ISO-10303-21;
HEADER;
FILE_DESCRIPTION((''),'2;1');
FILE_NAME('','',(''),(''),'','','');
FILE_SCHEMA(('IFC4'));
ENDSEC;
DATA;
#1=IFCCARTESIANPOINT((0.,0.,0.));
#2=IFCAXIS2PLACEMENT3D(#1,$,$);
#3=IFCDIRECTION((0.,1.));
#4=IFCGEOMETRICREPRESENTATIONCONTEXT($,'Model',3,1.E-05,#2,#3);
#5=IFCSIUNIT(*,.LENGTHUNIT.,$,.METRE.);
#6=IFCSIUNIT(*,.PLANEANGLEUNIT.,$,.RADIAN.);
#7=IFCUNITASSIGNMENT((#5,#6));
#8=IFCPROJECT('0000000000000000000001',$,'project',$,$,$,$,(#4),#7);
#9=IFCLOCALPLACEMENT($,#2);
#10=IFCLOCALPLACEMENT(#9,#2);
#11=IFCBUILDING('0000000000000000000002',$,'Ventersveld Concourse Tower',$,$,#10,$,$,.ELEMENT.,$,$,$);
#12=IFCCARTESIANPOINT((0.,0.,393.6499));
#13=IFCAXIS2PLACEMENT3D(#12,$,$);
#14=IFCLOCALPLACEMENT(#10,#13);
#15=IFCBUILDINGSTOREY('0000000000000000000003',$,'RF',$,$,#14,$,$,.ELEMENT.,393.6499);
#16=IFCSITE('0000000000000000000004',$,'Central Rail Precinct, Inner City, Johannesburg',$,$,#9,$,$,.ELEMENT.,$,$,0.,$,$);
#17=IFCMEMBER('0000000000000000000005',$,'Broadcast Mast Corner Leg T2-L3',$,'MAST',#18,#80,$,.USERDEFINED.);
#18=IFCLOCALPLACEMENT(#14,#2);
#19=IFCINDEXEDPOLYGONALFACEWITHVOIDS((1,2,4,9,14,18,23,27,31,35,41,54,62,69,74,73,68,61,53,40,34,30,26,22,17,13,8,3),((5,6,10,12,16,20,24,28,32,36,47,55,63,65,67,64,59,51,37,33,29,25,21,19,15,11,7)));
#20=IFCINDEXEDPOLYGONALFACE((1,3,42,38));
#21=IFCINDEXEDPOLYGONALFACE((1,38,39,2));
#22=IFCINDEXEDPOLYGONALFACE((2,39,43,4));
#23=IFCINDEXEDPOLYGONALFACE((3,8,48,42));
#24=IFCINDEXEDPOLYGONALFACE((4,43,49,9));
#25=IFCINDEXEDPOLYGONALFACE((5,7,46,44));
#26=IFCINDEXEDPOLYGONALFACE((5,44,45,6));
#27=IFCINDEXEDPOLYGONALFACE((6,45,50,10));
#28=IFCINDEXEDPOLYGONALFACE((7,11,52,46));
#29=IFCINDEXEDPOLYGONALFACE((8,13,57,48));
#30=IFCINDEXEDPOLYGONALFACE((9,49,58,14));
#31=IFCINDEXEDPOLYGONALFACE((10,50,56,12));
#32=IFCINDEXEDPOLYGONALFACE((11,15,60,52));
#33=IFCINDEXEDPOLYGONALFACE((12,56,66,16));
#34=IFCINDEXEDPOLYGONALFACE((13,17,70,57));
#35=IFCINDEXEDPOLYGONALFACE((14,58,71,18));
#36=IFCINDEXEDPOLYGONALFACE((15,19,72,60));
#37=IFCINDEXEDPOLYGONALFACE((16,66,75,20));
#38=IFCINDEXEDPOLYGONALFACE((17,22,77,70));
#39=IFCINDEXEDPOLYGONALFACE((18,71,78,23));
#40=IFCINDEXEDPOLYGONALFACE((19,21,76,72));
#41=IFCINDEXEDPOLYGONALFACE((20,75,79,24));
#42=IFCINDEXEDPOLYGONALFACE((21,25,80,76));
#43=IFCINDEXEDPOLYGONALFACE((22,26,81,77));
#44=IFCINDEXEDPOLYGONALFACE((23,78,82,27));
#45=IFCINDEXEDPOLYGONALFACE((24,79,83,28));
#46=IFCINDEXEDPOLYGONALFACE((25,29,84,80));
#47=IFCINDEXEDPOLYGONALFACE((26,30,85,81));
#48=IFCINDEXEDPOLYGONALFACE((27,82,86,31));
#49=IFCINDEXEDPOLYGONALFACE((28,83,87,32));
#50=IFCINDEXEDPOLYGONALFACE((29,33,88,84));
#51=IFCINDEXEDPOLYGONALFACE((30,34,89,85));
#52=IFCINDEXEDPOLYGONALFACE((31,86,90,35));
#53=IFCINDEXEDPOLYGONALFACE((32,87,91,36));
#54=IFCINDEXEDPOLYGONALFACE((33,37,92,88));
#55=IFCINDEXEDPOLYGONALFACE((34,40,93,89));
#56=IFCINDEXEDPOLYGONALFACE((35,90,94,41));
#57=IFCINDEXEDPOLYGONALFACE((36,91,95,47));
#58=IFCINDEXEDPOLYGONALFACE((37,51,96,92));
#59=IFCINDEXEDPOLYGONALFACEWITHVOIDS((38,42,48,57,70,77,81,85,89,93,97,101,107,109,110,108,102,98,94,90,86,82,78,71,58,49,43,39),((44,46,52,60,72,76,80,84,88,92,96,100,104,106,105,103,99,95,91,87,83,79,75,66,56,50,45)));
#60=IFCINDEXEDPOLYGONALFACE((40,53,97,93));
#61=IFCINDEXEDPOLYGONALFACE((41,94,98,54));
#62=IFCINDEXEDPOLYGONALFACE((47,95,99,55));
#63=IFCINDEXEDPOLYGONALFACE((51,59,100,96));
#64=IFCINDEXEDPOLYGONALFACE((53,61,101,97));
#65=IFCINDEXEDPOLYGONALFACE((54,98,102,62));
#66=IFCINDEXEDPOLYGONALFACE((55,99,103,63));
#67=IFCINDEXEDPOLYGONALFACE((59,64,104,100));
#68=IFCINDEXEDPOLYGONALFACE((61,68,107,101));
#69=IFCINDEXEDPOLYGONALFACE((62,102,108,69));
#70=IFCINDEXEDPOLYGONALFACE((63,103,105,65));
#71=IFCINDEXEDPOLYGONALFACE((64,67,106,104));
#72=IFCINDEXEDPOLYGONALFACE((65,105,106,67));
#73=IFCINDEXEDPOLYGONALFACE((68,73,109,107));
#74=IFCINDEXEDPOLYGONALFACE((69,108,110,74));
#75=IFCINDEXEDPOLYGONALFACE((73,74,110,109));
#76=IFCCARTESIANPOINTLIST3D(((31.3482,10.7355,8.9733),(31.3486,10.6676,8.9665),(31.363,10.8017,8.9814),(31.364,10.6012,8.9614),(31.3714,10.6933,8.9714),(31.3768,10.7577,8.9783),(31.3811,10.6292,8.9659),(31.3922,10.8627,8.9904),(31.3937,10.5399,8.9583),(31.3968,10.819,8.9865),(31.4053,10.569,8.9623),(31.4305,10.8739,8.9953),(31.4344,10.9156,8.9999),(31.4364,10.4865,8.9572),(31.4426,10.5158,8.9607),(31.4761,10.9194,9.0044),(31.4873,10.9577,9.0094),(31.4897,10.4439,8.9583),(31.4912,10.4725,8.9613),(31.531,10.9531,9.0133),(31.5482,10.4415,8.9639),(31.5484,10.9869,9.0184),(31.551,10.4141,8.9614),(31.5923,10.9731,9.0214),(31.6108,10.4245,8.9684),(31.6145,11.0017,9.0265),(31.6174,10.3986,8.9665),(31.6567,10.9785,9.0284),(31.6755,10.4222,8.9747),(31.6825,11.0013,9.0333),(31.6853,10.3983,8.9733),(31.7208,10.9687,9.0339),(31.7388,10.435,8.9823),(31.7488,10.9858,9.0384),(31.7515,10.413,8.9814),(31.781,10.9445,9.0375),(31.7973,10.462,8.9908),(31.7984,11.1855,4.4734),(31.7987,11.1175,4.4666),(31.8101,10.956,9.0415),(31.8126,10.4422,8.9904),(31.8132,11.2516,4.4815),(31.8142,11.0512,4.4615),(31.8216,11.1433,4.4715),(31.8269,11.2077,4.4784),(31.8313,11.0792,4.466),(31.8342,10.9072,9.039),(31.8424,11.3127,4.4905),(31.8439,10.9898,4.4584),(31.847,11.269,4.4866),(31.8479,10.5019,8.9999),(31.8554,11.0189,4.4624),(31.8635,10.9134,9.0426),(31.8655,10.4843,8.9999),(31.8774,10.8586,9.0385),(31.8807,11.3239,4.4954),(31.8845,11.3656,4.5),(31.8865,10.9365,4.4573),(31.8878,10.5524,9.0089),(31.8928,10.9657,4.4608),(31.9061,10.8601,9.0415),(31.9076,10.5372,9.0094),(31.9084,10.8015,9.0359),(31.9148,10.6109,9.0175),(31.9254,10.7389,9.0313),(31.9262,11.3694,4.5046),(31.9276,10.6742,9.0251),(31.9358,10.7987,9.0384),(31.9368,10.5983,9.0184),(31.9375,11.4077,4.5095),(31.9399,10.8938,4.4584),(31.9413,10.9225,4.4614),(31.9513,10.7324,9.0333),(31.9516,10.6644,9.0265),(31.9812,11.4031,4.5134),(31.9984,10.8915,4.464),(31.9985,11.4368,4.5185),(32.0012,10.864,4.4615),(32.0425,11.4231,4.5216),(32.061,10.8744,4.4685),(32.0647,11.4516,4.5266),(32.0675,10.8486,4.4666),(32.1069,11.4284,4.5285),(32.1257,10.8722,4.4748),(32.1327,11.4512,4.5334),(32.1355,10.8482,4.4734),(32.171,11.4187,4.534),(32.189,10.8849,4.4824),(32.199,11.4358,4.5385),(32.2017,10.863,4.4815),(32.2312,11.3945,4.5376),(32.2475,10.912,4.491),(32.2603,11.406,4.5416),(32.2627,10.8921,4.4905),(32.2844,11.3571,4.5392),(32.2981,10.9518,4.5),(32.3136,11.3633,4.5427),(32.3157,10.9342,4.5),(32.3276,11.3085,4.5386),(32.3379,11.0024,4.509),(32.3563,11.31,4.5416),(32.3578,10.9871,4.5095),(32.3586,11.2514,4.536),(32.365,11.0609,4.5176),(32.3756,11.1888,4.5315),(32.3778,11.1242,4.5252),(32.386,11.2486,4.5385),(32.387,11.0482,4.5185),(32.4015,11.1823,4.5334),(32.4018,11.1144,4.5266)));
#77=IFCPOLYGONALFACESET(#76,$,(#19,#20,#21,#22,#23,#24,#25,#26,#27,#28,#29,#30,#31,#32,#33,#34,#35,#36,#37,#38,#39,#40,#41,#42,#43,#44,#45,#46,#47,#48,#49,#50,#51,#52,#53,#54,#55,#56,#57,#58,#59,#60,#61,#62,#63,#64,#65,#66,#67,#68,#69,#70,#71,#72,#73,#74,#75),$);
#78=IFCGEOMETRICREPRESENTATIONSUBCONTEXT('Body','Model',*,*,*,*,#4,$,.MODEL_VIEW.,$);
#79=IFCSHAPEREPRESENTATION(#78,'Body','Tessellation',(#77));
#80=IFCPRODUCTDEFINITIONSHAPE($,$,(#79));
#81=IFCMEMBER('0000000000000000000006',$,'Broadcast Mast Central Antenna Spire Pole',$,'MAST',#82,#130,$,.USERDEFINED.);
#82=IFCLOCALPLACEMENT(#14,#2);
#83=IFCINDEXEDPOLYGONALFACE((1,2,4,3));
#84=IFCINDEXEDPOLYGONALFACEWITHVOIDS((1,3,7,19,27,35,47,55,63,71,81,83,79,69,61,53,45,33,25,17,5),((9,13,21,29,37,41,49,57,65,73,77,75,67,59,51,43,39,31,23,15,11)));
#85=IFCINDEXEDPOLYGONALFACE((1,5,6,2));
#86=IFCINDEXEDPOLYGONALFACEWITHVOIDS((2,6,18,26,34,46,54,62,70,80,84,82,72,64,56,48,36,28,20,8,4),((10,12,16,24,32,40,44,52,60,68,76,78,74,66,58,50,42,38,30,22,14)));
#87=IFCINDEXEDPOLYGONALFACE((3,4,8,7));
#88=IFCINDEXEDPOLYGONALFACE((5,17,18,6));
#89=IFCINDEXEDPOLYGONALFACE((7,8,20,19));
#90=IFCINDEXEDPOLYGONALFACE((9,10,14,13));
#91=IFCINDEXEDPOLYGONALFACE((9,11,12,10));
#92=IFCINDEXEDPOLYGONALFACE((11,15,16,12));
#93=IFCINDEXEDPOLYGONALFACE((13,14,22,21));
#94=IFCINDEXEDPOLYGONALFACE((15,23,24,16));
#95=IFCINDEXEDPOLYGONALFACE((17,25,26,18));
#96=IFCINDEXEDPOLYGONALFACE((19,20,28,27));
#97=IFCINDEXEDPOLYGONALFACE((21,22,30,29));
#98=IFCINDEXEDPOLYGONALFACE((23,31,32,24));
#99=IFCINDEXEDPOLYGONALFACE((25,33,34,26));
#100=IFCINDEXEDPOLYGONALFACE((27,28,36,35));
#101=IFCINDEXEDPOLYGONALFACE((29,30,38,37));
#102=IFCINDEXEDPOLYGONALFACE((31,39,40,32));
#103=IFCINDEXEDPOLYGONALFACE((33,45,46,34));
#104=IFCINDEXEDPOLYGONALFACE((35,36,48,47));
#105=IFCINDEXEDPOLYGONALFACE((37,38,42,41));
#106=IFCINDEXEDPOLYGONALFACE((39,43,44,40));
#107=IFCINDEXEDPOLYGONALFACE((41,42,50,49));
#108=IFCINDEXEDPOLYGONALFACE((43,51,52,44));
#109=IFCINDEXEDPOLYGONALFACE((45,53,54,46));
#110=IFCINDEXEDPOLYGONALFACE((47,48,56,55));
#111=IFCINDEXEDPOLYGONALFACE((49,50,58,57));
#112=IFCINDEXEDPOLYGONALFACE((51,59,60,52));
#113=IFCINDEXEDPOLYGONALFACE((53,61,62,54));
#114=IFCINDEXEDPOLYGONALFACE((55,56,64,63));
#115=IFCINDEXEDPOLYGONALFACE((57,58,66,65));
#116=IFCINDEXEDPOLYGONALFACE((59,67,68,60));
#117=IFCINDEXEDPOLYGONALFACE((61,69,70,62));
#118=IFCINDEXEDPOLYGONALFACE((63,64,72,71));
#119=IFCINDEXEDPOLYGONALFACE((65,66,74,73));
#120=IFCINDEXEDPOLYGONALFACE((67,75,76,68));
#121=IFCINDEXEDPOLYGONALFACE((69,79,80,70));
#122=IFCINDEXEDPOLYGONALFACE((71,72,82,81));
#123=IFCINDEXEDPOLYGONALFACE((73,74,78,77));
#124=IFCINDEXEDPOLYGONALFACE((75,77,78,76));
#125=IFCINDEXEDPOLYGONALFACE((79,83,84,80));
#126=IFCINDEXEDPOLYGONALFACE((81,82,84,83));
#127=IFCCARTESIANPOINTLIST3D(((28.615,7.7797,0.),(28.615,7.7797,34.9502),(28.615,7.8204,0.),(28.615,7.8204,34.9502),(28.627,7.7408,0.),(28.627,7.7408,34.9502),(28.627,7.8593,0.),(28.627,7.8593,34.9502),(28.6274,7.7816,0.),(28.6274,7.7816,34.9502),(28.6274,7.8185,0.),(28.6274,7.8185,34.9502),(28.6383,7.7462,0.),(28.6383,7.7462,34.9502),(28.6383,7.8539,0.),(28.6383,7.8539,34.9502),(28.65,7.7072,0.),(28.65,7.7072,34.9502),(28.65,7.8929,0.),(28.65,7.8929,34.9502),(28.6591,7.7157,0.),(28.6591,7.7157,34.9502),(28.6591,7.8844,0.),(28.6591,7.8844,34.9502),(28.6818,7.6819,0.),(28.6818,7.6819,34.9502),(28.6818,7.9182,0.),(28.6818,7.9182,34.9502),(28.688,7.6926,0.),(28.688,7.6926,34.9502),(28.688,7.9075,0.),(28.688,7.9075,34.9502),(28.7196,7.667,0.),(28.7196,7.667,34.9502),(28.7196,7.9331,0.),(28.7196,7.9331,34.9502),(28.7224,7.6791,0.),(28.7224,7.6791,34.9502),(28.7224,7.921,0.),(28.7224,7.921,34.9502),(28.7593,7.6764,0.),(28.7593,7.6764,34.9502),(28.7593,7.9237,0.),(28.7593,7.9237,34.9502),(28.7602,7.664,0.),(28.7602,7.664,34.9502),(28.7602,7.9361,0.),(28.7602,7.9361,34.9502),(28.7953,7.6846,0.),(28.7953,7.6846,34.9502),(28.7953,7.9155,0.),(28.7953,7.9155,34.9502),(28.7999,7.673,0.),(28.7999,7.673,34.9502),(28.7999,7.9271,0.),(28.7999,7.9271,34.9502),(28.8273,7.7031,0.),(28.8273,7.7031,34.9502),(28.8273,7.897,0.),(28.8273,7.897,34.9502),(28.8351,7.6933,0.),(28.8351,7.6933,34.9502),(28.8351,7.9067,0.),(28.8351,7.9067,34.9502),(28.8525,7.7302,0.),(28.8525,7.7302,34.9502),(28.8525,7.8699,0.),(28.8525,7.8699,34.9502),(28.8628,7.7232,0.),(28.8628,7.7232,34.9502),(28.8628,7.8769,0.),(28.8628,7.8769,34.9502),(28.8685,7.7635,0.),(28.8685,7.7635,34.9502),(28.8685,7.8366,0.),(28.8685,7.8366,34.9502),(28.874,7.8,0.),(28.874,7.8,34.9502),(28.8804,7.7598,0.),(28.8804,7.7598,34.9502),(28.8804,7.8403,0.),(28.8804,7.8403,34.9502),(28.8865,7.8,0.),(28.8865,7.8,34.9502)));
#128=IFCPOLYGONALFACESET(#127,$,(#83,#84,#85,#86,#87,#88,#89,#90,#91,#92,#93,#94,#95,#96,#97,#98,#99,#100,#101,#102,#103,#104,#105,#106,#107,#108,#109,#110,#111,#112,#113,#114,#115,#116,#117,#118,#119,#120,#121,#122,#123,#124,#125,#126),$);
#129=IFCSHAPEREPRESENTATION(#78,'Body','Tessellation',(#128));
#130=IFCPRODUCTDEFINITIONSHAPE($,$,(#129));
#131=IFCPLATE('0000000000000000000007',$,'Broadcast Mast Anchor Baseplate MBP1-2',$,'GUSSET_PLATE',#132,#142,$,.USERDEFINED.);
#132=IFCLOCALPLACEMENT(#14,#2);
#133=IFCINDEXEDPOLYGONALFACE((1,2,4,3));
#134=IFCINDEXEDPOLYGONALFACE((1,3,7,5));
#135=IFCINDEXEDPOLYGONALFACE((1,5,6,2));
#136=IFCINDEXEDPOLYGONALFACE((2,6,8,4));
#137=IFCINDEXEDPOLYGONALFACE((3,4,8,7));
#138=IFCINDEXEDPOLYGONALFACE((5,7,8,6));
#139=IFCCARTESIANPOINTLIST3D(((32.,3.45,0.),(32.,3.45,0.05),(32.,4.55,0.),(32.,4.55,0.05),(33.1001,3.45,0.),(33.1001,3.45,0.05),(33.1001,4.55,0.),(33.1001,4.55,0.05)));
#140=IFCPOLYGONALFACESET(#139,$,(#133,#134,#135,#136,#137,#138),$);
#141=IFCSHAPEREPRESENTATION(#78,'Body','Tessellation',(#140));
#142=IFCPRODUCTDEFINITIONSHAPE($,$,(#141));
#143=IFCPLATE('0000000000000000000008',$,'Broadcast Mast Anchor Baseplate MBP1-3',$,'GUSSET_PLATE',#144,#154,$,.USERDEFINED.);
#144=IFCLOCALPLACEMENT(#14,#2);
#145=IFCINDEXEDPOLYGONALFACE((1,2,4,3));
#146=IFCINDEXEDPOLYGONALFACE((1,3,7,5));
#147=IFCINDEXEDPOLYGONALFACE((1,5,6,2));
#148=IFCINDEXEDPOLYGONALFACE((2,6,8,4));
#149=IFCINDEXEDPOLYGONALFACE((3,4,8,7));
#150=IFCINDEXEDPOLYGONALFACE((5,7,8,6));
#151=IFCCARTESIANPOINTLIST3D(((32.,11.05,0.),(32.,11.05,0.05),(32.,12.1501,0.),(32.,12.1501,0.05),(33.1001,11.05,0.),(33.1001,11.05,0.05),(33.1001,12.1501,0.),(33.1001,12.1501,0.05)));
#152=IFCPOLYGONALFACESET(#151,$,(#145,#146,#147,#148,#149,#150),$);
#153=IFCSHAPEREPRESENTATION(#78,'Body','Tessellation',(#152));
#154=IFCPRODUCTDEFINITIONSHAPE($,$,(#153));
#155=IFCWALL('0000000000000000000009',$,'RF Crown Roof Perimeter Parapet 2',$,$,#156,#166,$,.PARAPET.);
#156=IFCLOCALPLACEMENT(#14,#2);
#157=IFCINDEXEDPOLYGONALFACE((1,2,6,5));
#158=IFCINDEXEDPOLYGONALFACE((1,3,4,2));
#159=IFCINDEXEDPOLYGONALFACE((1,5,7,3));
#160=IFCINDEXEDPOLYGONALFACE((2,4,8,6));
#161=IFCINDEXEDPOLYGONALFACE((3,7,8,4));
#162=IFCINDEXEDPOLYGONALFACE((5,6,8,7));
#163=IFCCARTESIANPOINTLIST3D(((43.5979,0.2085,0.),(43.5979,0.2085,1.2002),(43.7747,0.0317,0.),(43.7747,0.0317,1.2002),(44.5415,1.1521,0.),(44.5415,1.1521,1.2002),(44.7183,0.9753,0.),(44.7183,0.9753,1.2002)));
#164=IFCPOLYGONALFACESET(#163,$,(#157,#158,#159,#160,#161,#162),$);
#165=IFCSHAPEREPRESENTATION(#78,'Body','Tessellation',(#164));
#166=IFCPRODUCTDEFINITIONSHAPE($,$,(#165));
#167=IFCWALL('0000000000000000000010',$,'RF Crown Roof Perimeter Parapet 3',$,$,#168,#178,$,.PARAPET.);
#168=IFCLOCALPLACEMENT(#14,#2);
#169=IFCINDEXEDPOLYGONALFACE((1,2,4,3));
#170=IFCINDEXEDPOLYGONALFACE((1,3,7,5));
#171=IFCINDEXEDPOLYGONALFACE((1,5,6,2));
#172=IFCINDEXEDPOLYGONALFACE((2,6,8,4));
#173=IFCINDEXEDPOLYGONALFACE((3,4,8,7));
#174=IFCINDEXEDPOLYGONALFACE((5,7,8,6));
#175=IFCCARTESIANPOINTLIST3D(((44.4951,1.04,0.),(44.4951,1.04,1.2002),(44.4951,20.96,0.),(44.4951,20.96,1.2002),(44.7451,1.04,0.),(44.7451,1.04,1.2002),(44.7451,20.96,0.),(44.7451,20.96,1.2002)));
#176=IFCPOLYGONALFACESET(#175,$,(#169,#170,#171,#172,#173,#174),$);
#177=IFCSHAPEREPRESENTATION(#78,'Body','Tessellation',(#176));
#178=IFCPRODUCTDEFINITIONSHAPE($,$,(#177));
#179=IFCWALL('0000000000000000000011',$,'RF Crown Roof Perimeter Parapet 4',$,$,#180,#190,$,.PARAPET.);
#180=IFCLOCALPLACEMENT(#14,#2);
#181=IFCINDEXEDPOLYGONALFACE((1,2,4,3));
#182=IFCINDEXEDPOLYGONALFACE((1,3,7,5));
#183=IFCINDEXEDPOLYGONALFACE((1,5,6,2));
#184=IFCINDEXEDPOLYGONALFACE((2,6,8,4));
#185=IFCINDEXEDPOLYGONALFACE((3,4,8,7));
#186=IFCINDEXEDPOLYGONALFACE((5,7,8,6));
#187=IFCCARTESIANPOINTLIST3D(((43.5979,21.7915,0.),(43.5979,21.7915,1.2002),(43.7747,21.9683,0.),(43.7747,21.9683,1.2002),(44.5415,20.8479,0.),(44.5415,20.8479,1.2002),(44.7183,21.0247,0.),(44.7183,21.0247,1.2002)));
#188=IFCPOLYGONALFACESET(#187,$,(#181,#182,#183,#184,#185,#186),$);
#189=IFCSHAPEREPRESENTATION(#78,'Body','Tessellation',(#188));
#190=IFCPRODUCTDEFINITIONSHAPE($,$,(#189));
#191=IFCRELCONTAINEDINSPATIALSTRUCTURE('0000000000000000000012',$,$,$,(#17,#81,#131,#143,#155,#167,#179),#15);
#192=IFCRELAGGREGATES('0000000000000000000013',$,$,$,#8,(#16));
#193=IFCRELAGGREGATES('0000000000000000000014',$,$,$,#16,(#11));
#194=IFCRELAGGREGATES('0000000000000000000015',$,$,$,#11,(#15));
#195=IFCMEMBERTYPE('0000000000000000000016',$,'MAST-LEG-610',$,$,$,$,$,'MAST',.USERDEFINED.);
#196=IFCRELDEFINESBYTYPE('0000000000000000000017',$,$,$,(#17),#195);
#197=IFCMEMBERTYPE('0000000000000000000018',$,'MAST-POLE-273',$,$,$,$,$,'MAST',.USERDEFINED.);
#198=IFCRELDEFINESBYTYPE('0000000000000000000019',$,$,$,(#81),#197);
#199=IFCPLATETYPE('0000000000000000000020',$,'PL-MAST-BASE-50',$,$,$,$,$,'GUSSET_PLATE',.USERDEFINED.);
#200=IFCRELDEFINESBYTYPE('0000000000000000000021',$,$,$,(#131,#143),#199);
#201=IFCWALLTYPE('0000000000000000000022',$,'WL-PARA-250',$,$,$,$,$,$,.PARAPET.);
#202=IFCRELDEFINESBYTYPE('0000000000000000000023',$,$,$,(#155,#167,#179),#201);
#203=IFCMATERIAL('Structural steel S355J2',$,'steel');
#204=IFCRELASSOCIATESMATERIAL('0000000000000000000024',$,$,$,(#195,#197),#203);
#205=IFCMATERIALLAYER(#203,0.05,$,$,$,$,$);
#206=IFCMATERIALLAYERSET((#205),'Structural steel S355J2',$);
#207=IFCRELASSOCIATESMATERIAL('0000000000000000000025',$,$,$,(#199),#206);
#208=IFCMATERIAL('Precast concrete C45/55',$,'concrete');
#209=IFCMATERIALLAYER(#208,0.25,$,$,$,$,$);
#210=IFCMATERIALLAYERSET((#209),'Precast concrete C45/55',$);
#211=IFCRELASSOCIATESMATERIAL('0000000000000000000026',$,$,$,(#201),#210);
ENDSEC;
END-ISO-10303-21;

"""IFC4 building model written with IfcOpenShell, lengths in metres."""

from ifc_helpers import new_model, si_unit, direction, frame, frame_2d, origin, origin_2d, place, context, subcontext, project, spatial, rectangle, hollow_circle, extrude, material, layer, layer_set, material_profile, profile_set, type_object, element, save


model = new_model("IFC4")

# Units and contexts
model_context = context("Model", 3, precision=1e-05, world=origin(), true_north=direction((0.0, 1.0)))
body_context = subcontext(model_context, "Body", "Model", "MODEL_VIEW")
ifc_project = project(units=[si_unit("LENGTHUNIT", "METRE"), si_unit("PLANEANGLEUNIT", "RADIAN")], contexts=[model_context])

# Site, building, storey
site_placement = place(None, origin())
site = spatial("IfcSite", under=ifc_project, at=site_placement, Name="Central Rail Precinct, Inner City, Johannesburg", CompositionType="ELEMENT", RefElevation=0.0)
building_placement = place(site_placement, origin())
building = spatial("IfcBuilding", under=site, at=building_placement, Name="Ventersveld Concourse Tower", CompositionType="ELEMENT")
storey_placement = place(building_placement, frame((0.0, 0.0, 393.6499)))
storey = spatial("IfcBuildingStorey", under=building, at=storey_placement, Name="RF", CompositionType="ELEMENT", Elevation=393.6499)

# Members
ifc_material_1 = material(Name="Structural steel S355J2", Category="steel")
ifc_material_profile_1 = material_profile(ifc_material_1, hollow_circle(Radius=0.3049, WallThickness=0.0249, at=origin_2d()), Name="CHS 610x25")
ifc_profile_set_1 = profile_set([ifc_material_profile_1], Name="Structural steel S355J2")
member_type_1 = type_object("IfcMemberType", Name="MAST-LEG-610", ElementType="MAST", PredefinedType="USERDEFINED", material=ifc_profile_set_1)
for number, where, z_axis, x_axis, name in (
    (1, (32.1001, 11.1499, 4.5), (-0.099057, -0.099004, 0.990144), (0.706915, -0.707299, 0.0), "Broadcast Mast Corner Leg T2-L3"),
):
    element("IfcMember", number, at=place(storey_placement, frame(where, z_axis=z_axis, x_axis=x_axis)), inside=storey, type_object=member_type_1, Name=name, ObjectType="MAST", PredefinedType="USERDEFINED", context=body_context, shape_type="SweptSolid", body=[
        extrude(hollow_circle(Radius=0.3049, WallThickness=0.0249, at=origin_2d()), origin(), (0.0, 0.0, 1.0), 4.5447),
    ])
ifc_material_profile_2 = material_profile(ifc_material_1, hollow_circle(Radius=0.1365, WallThickness=0.0125, at=origin_2d()), Name="CHS 273x12.5")
ifc_profile_set_2 = profile_set([ifc_material_profile_2], Name="Structural steel S355J2")
member_type_2 = type_object("IfcMemberType", Name="MAST-POLE-273", ElementType="MAST", PredefinedType="USERDEFINED", material=ifc_profile_set_2)
member_1_placement = place(storey_placement, frame((28.75, 7.8, 0.0), z_axis=(0.0, 0.0, 1.0), x_axis=(1.0, 0.0, 0.0)))
element("IfcMember", 2, at=member_1_placement, inside=storey, type_object=member_type_2, Name="Broadcast Mast Central Antenna Spire Pole", ObjectType="MAST", PredefinedType="USERDEFINED", context=body_context, shape_type="SweptSolid", body=[
    extrude(hollow_circle(Radius=0.1365, WallThickness=0.0125, at=origin_2d()), origin(), (0.0, 0.0, 1.0), 34.9502),
])

# Plates
ifc_layer_1 = layer(ifc_material_1, 0.05)
ifc_layer_set_1 = layer_set([ifc_layer_1], Name="Structural steel S355J2")
plate_type = type_object("IfcPlateType", Name="PL-MAST-BASE-50", ElementType="GUSSET_PLATE", PredefinedType="USERDEFINED", material=ifc_layer_set_1)
for number, where, z_axis, x_axis, name in (
    (3, (32.55, 4.0, 0.0), (0.0, 0.0, 1.0), (1.0, 0.0, 0.0), "Broadcast Mast Anchor Baseplate MBP1-2"),
    (4, (32.55, 11.6001, 0.0), (0.0, 0.0, 1.0), (1.0, 0.0, 0.0), "Broadcast Mast Anchor Baseplate MBP1-3"),
):
    element("IfcPlate", number, at=place(storey_placement, frame(where, z_axis=z_axis, x_axis=x_axis)), inside=storey, type_object=plate_type, Name=name, ObjectType="GUSSET_PLATE", PredefinedType="USERDEFINED", context=body_context, shape_type="SweptSolid", body=[
        extrude(rectangle(XDim=1.1001, YDim=1.1001, at=origin_2d()), origin(), (0.0, 0.0, 1.0), 0.05),
    ])

# Walls
ifc_material_2 = material(Name="Precast concrete C45/55", Category="concrete")
ifc_layer_2 = layer(ifc_material_2, 0.25)
ifc_layer_set_2 = layer_set([ifc_layer_2], Name="Precast concrete C45/55")
wall_type = type_object("IfcWallType", Name="WL-PARA-250", PredefinedType="PARAPET", material=ifc_layer_set_2)
wall_1_placement = place(storey_placement, frame((43.6863, 0.1201, 0.0), z_axis=(0.0, 0.0, 1.0), x_axis=(0.707107, 0.707107, 0.0)))
element("IfcWall", 5, at=wall_1_placement, inside=storey, type_object=wall_type, Name="RF Crown Roof Perimeter Parapet 2", PredefinedType="PARAPET", context=body_context, shape_type="SweptSolid", body=[
    extrude(rectangle(XDim=1.3345, YDim=0.25, at=frame_2d((0.6672, 0.0))), origin(), (0.0, 0.0, 1.0), 1.2002),
])
wall_2_placement = place(storey_placement, frame((44.6201, 1.04, 0.0), z_axis=(0.0, 0.0, 1.0), x_axis=(0.0, 1.0, 0.0)))
element("IfcWall", 6, at=wall_2_placement, inside=storey, type_object=wall_type, Name="RF Crown Roof Perimeter Parapet 3", PredefinedType="PARAPET", context=body_context, shape_type="SweptSolid", body=[
    extrude(rectangle(XDim=19.9199, YDim=0.25, at=frame_2d((9.96, 0.0))), origin(), (0.0, 0.0, 1.0), 1.2002),
])
wall_3_placement = place(storey_placement, frame((44.6299, 20.9363, 0.0), z_axis=(0.0, 0.0, 1.0), x_axis=(-0.707107, 0.707107, 0.0)))
element("IfcWall", 7, at=wall_3_placement, inside=storey, type_object=wall_type, Name="RF Crown Roof Perimeter Parapet 4", PredefinedType="PARAPET", context=body_context, shape_type="SweptSolid", body=[
    extrude(rectangle(XDim=1.3345, YDim=0.25, at=frame_2d((0.6672, 0.0))), origin(), (0.0, 0.0, 1.0), 1.2002),
])

save(model, "model.ifc")
